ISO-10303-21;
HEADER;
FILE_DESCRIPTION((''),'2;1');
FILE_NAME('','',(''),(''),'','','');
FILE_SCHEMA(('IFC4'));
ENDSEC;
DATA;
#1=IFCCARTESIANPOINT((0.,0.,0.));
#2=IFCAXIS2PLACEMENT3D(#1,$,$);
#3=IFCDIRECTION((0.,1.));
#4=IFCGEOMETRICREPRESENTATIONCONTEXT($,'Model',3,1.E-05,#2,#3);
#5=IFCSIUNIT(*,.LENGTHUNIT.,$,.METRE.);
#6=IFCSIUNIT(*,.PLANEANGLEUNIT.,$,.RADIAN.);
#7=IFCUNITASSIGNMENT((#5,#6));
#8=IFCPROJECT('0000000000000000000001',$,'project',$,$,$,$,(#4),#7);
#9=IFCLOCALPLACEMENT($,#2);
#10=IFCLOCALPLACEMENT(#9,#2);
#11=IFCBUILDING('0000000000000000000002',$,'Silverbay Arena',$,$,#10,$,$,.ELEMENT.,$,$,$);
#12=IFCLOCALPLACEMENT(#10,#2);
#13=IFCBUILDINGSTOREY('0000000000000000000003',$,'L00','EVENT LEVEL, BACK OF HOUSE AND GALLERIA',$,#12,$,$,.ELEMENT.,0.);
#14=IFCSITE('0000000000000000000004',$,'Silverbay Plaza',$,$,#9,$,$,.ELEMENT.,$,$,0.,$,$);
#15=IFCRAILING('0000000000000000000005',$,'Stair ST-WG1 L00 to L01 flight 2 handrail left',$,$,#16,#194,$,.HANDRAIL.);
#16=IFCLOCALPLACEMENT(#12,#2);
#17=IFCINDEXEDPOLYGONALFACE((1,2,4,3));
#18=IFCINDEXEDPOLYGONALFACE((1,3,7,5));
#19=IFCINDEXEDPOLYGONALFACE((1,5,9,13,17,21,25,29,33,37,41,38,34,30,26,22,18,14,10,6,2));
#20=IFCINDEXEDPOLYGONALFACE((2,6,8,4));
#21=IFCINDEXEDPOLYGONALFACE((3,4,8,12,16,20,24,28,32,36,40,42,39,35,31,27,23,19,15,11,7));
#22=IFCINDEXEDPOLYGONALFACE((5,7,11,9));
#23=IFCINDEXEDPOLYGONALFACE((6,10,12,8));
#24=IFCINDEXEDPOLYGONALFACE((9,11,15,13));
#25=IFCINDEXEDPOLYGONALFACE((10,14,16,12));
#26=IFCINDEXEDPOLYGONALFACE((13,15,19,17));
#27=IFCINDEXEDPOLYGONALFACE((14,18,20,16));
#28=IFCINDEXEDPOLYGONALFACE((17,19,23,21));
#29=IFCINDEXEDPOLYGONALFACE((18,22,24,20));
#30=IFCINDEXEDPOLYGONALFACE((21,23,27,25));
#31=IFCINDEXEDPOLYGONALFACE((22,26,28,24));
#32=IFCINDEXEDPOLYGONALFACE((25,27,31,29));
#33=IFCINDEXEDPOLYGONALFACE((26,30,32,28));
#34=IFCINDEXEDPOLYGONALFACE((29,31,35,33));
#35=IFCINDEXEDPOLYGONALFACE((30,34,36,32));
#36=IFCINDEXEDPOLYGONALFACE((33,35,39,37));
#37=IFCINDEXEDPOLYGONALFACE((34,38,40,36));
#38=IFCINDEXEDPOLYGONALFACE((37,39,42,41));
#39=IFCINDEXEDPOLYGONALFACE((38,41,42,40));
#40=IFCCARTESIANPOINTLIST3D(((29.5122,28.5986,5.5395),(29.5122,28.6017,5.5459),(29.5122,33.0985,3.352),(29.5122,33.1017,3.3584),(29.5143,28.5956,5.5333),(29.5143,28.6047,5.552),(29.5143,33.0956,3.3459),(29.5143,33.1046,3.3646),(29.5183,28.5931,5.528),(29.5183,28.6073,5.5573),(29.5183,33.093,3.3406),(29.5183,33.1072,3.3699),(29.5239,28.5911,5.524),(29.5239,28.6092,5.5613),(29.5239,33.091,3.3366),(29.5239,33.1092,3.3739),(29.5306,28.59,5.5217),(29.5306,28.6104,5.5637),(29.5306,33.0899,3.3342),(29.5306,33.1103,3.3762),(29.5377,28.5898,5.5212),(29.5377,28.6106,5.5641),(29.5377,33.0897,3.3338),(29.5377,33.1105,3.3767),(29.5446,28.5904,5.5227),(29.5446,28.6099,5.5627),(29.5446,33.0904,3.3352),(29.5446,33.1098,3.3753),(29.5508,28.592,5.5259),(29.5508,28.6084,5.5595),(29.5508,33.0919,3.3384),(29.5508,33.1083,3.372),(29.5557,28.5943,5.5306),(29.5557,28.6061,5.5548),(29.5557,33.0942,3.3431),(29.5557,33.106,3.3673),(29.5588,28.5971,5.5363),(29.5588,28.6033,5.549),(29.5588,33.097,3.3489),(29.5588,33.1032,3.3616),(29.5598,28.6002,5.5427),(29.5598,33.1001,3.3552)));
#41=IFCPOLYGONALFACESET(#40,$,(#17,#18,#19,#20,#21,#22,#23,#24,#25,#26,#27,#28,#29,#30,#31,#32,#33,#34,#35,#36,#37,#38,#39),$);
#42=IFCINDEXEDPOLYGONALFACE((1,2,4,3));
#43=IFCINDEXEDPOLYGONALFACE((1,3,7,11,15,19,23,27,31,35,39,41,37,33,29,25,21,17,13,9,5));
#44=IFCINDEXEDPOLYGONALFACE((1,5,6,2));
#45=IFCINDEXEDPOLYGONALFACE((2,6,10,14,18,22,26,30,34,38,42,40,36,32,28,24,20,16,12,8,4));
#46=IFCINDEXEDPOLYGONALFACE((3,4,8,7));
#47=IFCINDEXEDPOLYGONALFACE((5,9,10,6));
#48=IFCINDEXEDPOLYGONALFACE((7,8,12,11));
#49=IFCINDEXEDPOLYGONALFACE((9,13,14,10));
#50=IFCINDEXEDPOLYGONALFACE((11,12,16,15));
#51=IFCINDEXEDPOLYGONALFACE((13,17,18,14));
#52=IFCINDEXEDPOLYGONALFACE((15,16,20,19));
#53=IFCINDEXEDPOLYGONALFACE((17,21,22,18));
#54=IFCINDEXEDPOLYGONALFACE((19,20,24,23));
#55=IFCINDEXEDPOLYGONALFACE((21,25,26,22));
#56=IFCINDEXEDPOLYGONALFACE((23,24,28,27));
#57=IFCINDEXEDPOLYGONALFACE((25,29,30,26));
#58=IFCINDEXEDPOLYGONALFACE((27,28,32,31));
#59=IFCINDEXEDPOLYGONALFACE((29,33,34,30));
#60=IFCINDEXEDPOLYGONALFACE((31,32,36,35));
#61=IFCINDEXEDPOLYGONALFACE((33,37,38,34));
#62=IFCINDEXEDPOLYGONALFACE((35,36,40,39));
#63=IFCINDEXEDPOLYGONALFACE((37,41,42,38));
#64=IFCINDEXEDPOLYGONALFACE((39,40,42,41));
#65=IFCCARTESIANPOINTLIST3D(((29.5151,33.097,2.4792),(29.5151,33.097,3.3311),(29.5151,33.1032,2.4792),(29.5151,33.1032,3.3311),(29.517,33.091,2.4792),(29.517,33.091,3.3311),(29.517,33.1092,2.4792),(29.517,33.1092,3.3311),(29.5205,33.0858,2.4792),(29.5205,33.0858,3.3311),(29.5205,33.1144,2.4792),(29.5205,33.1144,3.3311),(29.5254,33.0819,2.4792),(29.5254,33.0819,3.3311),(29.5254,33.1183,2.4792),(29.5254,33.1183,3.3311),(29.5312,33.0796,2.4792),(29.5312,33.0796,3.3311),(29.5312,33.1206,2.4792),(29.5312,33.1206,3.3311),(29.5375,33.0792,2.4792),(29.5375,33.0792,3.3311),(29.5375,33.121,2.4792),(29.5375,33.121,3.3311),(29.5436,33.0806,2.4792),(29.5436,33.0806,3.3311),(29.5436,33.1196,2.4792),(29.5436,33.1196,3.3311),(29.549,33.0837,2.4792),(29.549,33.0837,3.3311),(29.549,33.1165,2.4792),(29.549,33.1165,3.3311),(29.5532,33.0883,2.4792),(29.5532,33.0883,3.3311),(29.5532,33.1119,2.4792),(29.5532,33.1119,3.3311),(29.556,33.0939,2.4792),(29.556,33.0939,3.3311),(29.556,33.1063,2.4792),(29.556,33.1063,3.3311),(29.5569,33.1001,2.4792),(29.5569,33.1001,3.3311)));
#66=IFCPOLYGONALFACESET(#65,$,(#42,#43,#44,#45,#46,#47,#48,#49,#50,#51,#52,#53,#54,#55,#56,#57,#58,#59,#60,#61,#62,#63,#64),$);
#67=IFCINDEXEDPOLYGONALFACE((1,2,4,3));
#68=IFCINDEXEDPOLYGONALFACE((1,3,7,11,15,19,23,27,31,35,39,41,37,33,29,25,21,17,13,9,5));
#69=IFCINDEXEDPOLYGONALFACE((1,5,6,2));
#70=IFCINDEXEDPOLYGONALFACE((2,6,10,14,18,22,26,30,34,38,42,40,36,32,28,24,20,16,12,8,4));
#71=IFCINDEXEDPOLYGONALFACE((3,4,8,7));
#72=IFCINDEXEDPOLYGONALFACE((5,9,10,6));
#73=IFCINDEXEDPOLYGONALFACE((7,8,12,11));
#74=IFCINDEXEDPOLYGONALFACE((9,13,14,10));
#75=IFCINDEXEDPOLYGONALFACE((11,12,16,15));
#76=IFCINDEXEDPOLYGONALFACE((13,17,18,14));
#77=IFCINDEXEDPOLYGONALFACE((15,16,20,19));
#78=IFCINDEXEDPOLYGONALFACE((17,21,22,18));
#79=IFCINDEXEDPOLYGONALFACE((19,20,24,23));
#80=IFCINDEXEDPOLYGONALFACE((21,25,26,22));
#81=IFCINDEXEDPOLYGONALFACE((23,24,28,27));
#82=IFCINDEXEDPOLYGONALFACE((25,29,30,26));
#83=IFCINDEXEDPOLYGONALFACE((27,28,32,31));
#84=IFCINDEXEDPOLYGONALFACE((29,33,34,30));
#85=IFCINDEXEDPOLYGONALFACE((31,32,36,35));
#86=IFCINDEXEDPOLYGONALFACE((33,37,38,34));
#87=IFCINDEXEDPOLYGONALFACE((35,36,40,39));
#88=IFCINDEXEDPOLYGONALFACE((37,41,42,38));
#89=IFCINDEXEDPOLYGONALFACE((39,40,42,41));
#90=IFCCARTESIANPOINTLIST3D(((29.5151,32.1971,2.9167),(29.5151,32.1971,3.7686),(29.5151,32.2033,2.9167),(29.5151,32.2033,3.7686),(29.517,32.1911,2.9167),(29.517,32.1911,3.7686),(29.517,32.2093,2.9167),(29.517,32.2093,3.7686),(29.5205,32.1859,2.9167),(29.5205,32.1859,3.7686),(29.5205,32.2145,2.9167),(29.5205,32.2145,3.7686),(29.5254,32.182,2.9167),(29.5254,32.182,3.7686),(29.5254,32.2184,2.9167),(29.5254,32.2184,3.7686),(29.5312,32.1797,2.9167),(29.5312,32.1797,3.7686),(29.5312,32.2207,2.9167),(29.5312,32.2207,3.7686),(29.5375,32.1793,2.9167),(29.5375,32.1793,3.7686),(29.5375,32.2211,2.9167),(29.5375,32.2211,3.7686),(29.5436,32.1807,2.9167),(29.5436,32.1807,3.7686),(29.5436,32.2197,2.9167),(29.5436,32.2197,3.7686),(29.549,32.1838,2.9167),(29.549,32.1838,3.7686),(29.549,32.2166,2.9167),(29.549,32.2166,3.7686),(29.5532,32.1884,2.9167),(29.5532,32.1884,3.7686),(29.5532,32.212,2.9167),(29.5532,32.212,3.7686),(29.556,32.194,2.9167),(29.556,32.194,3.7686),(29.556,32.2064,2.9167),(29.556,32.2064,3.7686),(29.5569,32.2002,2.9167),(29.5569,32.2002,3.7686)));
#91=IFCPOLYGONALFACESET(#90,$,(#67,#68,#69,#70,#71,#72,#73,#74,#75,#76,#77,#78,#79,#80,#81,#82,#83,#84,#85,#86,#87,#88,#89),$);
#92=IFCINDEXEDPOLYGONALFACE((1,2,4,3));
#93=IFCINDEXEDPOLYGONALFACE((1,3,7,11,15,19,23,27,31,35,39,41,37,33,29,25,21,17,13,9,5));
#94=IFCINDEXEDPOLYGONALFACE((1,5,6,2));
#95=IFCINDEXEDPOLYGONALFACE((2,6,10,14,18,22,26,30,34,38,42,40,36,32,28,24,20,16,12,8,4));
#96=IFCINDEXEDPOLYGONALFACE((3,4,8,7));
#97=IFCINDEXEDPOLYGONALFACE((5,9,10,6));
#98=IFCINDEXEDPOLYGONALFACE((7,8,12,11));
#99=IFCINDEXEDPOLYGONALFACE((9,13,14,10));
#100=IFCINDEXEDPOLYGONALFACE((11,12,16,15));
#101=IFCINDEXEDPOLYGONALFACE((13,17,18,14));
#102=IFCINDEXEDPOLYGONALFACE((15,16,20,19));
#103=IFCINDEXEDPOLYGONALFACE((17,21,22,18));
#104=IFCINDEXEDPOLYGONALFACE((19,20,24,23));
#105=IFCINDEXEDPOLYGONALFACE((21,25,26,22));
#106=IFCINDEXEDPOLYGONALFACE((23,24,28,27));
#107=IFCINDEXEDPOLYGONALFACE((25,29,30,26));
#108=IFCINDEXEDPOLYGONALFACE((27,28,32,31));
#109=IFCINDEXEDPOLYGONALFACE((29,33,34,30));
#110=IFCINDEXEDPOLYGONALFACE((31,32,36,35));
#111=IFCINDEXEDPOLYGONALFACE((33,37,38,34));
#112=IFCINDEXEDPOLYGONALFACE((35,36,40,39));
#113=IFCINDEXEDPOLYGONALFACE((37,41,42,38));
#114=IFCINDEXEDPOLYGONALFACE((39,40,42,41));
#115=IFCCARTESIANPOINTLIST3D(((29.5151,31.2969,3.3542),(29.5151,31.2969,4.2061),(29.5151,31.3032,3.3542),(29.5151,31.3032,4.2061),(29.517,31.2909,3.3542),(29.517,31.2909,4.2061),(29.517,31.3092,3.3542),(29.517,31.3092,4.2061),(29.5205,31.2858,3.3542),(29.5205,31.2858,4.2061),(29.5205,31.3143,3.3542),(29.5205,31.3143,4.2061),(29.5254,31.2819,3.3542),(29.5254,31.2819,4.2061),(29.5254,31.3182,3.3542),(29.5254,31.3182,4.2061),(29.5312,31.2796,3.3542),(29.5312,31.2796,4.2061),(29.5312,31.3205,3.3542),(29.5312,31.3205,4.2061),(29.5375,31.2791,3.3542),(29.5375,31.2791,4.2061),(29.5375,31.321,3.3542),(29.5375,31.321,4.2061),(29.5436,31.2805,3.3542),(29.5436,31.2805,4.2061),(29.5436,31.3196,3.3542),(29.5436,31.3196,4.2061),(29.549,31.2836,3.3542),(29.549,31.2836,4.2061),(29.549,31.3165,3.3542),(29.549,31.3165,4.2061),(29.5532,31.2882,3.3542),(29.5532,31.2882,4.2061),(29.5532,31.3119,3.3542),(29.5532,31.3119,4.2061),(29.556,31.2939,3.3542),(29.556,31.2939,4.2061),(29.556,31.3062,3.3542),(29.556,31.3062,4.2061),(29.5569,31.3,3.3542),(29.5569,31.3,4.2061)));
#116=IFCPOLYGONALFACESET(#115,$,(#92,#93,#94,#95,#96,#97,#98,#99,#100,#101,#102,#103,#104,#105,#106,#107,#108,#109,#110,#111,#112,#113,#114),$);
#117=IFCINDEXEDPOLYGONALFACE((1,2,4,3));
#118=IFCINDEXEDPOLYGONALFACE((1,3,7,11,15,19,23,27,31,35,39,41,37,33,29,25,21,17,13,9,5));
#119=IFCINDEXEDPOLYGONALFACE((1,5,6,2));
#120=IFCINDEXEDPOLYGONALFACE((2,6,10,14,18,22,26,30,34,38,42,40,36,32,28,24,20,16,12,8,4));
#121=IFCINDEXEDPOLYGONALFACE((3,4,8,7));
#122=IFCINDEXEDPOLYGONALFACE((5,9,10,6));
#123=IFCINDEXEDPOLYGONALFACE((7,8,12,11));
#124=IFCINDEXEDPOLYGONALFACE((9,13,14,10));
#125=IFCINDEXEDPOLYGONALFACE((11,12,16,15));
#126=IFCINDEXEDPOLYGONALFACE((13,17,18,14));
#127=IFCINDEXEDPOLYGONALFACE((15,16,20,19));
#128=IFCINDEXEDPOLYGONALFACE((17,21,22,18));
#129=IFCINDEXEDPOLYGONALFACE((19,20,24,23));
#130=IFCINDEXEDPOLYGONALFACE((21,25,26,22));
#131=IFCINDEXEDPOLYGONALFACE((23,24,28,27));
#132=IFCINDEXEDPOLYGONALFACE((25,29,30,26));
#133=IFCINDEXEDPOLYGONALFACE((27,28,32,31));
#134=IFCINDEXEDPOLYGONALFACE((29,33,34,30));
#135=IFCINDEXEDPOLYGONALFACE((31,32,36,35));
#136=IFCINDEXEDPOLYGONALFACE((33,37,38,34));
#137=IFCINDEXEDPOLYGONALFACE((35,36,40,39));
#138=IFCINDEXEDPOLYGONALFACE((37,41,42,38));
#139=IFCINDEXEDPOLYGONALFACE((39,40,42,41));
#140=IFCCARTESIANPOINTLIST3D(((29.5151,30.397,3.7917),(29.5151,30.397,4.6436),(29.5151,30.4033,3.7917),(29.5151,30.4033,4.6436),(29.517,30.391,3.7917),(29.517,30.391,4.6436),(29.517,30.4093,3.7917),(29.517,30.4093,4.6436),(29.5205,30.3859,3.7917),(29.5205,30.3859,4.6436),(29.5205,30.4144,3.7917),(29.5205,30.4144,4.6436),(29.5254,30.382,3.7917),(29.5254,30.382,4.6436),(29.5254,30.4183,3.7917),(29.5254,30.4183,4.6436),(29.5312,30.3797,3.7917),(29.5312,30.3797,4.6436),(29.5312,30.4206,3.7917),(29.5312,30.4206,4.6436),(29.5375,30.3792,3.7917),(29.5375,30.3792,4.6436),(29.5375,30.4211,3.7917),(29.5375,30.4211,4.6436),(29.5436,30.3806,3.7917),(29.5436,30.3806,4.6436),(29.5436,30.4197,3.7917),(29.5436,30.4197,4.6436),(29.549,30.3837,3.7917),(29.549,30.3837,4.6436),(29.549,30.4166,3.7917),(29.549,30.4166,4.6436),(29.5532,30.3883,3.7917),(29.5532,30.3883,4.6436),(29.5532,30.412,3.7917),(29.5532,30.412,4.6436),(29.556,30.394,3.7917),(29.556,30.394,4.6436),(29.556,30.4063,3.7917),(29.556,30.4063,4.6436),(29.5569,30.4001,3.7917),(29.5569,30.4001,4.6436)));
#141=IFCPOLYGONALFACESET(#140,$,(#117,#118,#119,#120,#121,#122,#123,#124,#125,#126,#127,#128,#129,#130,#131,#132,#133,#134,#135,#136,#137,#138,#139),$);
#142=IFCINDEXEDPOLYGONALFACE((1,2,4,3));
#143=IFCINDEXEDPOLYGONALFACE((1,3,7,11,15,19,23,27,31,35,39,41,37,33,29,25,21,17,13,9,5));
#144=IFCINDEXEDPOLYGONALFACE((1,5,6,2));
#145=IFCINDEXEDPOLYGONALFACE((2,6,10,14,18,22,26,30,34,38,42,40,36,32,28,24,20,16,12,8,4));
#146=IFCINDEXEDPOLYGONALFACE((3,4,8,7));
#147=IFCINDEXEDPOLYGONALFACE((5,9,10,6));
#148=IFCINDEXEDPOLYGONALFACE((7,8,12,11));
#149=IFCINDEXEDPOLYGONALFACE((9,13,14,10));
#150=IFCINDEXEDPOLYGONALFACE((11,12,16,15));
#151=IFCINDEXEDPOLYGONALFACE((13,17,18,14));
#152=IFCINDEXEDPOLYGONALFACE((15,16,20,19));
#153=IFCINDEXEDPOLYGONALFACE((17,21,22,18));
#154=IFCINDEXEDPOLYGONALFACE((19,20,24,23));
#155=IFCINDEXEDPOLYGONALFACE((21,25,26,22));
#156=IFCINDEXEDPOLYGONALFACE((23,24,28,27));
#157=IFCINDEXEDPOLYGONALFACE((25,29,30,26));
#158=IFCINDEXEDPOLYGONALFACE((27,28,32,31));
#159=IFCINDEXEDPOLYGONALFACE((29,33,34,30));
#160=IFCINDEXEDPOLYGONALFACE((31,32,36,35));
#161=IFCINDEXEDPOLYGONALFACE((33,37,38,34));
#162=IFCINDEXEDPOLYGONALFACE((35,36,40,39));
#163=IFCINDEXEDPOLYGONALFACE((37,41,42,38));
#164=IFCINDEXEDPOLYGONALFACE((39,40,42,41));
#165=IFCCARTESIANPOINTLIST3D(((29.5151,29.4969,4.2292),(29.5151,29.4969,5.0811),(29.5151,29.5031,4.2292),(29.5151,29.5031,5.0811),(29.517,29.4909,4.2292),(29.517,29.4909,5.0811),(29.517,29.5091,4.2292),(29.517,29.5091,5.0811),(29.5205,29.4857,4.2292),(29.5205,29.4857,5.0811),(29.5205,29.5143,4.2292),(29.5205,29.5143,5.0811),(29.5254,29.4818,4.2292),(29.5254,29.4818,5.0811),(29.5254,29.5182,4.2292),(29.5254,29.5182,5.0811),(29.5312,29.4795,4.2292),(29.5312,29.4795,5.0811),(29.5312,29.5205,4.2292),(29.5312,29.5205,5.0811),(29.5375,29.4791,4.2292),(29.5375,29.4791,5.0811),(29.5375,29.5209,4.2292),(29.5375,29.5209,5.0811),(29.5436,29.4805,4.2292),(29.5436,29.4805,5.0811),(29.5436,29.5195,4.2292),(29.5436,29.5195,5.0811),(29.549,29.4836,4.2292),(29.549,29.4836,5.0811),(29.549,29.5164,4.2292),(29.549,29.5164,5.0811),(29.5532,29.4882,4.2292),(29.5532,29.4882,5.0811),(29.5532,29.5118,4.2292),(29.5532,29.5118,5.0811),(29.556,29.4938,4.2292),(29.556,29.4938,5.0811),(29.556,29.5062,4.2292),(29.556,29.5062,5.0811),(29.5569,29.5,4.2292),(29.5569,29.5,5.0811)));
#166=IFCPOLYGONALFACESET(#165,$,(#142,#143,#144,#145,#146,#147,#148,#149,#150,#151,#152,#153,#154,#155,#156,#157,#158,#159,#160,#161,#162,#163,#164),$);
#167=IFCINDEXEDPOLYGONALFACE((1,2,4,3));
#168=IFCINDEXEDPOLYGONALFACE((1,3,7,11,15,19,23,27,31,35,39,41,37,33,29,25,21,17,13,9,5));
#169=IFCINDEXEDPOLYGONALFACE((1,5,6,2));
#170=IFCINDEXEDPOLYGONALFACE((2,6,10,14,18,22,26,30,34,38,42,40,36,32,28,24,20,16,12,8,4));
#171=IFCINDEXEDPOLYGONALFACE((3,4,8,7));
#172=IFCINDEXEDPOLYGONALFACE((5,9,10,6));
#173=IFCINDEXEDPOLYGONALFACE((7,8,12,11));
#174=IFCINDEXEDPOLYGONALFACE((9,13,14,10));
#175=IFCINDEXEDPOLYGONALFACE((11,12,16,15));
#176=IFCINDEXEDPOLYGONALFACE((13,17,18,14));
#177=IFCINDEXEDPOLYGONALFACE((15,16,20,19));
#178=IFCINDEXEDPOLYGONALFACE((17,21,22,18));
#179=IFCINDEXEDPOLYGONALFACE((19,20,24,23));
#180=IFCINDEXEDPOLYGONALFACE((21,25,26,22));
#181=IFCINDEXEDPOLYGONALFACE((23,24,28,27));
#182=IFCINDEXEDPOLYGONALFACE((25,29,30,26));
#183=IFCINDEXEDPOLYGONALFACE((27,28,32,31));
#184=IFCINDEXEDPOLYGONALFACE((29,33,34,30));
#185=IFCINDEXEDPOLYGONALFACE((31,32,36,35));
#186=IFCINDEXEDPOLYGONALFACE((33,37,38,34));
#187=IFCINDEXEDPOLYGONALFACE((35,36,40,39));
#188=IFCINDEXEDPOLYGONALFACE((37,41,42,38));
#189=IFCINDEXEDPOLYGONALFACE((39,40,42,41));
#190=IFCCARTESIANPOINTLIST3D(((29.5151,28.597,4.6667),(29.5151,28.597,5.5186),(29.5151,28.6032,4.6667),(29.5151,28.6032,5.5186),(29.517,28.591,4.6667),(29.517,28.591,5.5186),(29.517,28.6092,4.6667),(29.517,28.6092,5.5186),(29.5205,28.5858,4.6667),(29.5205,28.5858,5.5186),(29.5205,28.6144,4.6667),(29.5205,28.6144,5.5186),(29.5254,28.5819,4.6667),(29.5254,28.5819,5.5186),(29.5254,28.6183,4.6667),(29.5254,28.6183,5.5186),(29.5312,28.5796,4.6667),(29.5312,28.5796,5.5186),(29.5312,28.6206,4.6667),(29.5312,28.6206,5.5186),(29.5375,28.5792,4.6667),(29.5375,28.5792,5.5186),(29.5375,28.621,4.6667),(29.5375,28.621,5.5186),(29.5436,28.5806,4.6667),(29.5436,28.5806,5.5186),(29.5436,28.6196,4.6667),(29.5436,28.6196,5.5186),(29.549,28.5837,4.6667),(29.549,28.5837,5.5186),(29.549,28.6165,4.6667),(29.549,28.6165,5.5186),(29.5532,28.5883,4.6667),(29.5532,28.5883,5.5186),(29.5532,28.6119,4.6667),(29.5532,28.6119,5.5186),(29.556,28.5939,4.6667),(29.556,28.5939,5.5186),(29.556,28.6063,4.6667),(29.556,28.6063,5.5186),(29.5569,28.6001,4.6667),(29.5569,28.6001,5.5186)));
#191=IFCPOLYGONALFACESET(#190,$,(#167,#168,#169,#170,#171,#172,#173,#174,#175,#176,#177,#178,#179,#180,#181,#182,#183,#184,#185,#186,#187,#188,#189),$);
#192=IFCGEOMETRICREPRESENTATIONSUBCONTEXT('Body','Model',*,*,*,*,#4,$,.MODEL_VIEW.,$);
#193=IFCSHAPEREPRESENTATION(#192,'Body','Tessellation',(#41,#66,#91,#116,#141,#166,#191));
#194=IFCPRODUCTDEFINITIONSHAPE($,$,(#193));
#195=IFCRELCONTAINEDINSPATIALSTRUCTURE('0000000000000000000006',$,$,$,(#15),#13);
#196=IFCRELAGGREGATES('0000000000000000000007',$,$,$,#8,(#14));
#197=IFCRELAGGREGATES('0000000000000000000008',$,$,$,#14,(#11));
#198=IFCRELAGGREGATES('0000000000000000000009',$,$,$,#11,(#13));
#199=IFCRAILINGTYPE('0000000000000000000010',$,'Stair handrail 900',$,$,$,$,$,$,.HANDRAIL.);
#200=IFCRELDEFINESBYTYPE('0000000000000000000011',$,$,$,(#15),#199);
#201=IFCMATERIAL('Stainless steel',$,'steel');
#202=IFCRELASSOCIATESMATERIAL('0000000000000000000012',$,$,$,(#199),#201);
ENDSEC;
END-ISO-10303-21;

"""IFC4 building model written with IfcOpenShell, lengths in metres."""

from ifc_helpers import new_model, si_unit, direction, frame, origin, origin_2d, place, context, subcontext, project, spatial, circle, extrude, material, type_object, element, save


model = new_model("IFC4")

# Units and contexts
model_context = context("Model", 3, precision=1e-05, world=origin(), true_north=direction((0.0, 1.0)))
body_context = subcontext(model_context, "Body", "Model", "MODEL_VIEW")
ifc_project = project(units=[si_unit("LENGTHUNIT", "METRE"), si_unit("PLANEANGLEUNIT", "RADIAN")], contexts=[model_context])

# Site, building, storey
site_placement = place(None, origin())
site = spatial("IfcSite", under=ifc_project, at=site_placement, Name="Silverbay Plaza", CompositionType="ELEMENT", RefElevation=0.0)
building_placement = place(site_placement, origin())
building = spatial("IfcBuilding", under=site, at=building_placement, Name="Silverbay Arena", CompositionType="ELEMENT")
storey_placement = place(building_placement, origin())
storey = spatial("IfcBuildingStorey", under=building, at=storey_placement, Name="L00", Description="EVENT LEVEL, BACK OF HOUSE AND GALLERIA", CompositionType="ELEMENT", Elevation=0.0)

# Railing
ifc_material_1 = material(Name="Stainless steel", Category="steel")
railing_type_1 = type_object("IfcRailingType", Name="Stair handrail 900", PredefinedType="HANDRAIL", material=ifc_material_1)
for number, where, name in (
    (1, (29.5359, 33.1001, 2.4792), "Stair ST-WG1 L00 to L01 flight 2 handrail left"),
):
    element("IfcRailing", number, at=place(storey_placement, frame(where)), inside=storey, type_object=railing_type_1, Name=name, PredefinedType="HANDRAIL", context=body_context, shape_type="SweptSolid", body=[
        extrude(circle(Radius=0.0239, at=origin_2d()), frame((0.0, 0.0, 0.876), z_axis=(0.0, -0.899368, 0.437193), x_axis=(1.0, 0.0, 0.0)), (0.0, 0.0, 1.0), 5.0034),
        extrude(circle(Radius=0.021, at=origin_2d()), origin(), (0.0, 0.0, 1.0), 0.8518),
        extrude(circle(Radius=0.021, at=origin_2d()), frame((0.0, -0.8999, 0.4375)), (0.0, 0.0, 1.0), 0.8518),
        extrude(circle(Radius=0.021, at=origin_2d()), frame((0.0, -1.8, 0.875)), (0.0, 0.0, 1.0), 0.8518),
        extrude(circle(Radius=0.021, at=origin_2d()), frame((0.0, -2.7, 1.3125)), (0.0, 0.0, 1.0), 0.8518),
        extrude(circle(Radius=0.021, at=origin_2d()), frame((0.0, -3.6001, 1.75)), (0.0, 0.0, 1.0), 0.8518),
        extrude(circle(Radius=0.021, at=origin_2d()), frame((0.0, -4.5, 2.1875)), (0.0, 0.0, 1.0), 0.8518),
    ])

save(model, "model.ifc")
